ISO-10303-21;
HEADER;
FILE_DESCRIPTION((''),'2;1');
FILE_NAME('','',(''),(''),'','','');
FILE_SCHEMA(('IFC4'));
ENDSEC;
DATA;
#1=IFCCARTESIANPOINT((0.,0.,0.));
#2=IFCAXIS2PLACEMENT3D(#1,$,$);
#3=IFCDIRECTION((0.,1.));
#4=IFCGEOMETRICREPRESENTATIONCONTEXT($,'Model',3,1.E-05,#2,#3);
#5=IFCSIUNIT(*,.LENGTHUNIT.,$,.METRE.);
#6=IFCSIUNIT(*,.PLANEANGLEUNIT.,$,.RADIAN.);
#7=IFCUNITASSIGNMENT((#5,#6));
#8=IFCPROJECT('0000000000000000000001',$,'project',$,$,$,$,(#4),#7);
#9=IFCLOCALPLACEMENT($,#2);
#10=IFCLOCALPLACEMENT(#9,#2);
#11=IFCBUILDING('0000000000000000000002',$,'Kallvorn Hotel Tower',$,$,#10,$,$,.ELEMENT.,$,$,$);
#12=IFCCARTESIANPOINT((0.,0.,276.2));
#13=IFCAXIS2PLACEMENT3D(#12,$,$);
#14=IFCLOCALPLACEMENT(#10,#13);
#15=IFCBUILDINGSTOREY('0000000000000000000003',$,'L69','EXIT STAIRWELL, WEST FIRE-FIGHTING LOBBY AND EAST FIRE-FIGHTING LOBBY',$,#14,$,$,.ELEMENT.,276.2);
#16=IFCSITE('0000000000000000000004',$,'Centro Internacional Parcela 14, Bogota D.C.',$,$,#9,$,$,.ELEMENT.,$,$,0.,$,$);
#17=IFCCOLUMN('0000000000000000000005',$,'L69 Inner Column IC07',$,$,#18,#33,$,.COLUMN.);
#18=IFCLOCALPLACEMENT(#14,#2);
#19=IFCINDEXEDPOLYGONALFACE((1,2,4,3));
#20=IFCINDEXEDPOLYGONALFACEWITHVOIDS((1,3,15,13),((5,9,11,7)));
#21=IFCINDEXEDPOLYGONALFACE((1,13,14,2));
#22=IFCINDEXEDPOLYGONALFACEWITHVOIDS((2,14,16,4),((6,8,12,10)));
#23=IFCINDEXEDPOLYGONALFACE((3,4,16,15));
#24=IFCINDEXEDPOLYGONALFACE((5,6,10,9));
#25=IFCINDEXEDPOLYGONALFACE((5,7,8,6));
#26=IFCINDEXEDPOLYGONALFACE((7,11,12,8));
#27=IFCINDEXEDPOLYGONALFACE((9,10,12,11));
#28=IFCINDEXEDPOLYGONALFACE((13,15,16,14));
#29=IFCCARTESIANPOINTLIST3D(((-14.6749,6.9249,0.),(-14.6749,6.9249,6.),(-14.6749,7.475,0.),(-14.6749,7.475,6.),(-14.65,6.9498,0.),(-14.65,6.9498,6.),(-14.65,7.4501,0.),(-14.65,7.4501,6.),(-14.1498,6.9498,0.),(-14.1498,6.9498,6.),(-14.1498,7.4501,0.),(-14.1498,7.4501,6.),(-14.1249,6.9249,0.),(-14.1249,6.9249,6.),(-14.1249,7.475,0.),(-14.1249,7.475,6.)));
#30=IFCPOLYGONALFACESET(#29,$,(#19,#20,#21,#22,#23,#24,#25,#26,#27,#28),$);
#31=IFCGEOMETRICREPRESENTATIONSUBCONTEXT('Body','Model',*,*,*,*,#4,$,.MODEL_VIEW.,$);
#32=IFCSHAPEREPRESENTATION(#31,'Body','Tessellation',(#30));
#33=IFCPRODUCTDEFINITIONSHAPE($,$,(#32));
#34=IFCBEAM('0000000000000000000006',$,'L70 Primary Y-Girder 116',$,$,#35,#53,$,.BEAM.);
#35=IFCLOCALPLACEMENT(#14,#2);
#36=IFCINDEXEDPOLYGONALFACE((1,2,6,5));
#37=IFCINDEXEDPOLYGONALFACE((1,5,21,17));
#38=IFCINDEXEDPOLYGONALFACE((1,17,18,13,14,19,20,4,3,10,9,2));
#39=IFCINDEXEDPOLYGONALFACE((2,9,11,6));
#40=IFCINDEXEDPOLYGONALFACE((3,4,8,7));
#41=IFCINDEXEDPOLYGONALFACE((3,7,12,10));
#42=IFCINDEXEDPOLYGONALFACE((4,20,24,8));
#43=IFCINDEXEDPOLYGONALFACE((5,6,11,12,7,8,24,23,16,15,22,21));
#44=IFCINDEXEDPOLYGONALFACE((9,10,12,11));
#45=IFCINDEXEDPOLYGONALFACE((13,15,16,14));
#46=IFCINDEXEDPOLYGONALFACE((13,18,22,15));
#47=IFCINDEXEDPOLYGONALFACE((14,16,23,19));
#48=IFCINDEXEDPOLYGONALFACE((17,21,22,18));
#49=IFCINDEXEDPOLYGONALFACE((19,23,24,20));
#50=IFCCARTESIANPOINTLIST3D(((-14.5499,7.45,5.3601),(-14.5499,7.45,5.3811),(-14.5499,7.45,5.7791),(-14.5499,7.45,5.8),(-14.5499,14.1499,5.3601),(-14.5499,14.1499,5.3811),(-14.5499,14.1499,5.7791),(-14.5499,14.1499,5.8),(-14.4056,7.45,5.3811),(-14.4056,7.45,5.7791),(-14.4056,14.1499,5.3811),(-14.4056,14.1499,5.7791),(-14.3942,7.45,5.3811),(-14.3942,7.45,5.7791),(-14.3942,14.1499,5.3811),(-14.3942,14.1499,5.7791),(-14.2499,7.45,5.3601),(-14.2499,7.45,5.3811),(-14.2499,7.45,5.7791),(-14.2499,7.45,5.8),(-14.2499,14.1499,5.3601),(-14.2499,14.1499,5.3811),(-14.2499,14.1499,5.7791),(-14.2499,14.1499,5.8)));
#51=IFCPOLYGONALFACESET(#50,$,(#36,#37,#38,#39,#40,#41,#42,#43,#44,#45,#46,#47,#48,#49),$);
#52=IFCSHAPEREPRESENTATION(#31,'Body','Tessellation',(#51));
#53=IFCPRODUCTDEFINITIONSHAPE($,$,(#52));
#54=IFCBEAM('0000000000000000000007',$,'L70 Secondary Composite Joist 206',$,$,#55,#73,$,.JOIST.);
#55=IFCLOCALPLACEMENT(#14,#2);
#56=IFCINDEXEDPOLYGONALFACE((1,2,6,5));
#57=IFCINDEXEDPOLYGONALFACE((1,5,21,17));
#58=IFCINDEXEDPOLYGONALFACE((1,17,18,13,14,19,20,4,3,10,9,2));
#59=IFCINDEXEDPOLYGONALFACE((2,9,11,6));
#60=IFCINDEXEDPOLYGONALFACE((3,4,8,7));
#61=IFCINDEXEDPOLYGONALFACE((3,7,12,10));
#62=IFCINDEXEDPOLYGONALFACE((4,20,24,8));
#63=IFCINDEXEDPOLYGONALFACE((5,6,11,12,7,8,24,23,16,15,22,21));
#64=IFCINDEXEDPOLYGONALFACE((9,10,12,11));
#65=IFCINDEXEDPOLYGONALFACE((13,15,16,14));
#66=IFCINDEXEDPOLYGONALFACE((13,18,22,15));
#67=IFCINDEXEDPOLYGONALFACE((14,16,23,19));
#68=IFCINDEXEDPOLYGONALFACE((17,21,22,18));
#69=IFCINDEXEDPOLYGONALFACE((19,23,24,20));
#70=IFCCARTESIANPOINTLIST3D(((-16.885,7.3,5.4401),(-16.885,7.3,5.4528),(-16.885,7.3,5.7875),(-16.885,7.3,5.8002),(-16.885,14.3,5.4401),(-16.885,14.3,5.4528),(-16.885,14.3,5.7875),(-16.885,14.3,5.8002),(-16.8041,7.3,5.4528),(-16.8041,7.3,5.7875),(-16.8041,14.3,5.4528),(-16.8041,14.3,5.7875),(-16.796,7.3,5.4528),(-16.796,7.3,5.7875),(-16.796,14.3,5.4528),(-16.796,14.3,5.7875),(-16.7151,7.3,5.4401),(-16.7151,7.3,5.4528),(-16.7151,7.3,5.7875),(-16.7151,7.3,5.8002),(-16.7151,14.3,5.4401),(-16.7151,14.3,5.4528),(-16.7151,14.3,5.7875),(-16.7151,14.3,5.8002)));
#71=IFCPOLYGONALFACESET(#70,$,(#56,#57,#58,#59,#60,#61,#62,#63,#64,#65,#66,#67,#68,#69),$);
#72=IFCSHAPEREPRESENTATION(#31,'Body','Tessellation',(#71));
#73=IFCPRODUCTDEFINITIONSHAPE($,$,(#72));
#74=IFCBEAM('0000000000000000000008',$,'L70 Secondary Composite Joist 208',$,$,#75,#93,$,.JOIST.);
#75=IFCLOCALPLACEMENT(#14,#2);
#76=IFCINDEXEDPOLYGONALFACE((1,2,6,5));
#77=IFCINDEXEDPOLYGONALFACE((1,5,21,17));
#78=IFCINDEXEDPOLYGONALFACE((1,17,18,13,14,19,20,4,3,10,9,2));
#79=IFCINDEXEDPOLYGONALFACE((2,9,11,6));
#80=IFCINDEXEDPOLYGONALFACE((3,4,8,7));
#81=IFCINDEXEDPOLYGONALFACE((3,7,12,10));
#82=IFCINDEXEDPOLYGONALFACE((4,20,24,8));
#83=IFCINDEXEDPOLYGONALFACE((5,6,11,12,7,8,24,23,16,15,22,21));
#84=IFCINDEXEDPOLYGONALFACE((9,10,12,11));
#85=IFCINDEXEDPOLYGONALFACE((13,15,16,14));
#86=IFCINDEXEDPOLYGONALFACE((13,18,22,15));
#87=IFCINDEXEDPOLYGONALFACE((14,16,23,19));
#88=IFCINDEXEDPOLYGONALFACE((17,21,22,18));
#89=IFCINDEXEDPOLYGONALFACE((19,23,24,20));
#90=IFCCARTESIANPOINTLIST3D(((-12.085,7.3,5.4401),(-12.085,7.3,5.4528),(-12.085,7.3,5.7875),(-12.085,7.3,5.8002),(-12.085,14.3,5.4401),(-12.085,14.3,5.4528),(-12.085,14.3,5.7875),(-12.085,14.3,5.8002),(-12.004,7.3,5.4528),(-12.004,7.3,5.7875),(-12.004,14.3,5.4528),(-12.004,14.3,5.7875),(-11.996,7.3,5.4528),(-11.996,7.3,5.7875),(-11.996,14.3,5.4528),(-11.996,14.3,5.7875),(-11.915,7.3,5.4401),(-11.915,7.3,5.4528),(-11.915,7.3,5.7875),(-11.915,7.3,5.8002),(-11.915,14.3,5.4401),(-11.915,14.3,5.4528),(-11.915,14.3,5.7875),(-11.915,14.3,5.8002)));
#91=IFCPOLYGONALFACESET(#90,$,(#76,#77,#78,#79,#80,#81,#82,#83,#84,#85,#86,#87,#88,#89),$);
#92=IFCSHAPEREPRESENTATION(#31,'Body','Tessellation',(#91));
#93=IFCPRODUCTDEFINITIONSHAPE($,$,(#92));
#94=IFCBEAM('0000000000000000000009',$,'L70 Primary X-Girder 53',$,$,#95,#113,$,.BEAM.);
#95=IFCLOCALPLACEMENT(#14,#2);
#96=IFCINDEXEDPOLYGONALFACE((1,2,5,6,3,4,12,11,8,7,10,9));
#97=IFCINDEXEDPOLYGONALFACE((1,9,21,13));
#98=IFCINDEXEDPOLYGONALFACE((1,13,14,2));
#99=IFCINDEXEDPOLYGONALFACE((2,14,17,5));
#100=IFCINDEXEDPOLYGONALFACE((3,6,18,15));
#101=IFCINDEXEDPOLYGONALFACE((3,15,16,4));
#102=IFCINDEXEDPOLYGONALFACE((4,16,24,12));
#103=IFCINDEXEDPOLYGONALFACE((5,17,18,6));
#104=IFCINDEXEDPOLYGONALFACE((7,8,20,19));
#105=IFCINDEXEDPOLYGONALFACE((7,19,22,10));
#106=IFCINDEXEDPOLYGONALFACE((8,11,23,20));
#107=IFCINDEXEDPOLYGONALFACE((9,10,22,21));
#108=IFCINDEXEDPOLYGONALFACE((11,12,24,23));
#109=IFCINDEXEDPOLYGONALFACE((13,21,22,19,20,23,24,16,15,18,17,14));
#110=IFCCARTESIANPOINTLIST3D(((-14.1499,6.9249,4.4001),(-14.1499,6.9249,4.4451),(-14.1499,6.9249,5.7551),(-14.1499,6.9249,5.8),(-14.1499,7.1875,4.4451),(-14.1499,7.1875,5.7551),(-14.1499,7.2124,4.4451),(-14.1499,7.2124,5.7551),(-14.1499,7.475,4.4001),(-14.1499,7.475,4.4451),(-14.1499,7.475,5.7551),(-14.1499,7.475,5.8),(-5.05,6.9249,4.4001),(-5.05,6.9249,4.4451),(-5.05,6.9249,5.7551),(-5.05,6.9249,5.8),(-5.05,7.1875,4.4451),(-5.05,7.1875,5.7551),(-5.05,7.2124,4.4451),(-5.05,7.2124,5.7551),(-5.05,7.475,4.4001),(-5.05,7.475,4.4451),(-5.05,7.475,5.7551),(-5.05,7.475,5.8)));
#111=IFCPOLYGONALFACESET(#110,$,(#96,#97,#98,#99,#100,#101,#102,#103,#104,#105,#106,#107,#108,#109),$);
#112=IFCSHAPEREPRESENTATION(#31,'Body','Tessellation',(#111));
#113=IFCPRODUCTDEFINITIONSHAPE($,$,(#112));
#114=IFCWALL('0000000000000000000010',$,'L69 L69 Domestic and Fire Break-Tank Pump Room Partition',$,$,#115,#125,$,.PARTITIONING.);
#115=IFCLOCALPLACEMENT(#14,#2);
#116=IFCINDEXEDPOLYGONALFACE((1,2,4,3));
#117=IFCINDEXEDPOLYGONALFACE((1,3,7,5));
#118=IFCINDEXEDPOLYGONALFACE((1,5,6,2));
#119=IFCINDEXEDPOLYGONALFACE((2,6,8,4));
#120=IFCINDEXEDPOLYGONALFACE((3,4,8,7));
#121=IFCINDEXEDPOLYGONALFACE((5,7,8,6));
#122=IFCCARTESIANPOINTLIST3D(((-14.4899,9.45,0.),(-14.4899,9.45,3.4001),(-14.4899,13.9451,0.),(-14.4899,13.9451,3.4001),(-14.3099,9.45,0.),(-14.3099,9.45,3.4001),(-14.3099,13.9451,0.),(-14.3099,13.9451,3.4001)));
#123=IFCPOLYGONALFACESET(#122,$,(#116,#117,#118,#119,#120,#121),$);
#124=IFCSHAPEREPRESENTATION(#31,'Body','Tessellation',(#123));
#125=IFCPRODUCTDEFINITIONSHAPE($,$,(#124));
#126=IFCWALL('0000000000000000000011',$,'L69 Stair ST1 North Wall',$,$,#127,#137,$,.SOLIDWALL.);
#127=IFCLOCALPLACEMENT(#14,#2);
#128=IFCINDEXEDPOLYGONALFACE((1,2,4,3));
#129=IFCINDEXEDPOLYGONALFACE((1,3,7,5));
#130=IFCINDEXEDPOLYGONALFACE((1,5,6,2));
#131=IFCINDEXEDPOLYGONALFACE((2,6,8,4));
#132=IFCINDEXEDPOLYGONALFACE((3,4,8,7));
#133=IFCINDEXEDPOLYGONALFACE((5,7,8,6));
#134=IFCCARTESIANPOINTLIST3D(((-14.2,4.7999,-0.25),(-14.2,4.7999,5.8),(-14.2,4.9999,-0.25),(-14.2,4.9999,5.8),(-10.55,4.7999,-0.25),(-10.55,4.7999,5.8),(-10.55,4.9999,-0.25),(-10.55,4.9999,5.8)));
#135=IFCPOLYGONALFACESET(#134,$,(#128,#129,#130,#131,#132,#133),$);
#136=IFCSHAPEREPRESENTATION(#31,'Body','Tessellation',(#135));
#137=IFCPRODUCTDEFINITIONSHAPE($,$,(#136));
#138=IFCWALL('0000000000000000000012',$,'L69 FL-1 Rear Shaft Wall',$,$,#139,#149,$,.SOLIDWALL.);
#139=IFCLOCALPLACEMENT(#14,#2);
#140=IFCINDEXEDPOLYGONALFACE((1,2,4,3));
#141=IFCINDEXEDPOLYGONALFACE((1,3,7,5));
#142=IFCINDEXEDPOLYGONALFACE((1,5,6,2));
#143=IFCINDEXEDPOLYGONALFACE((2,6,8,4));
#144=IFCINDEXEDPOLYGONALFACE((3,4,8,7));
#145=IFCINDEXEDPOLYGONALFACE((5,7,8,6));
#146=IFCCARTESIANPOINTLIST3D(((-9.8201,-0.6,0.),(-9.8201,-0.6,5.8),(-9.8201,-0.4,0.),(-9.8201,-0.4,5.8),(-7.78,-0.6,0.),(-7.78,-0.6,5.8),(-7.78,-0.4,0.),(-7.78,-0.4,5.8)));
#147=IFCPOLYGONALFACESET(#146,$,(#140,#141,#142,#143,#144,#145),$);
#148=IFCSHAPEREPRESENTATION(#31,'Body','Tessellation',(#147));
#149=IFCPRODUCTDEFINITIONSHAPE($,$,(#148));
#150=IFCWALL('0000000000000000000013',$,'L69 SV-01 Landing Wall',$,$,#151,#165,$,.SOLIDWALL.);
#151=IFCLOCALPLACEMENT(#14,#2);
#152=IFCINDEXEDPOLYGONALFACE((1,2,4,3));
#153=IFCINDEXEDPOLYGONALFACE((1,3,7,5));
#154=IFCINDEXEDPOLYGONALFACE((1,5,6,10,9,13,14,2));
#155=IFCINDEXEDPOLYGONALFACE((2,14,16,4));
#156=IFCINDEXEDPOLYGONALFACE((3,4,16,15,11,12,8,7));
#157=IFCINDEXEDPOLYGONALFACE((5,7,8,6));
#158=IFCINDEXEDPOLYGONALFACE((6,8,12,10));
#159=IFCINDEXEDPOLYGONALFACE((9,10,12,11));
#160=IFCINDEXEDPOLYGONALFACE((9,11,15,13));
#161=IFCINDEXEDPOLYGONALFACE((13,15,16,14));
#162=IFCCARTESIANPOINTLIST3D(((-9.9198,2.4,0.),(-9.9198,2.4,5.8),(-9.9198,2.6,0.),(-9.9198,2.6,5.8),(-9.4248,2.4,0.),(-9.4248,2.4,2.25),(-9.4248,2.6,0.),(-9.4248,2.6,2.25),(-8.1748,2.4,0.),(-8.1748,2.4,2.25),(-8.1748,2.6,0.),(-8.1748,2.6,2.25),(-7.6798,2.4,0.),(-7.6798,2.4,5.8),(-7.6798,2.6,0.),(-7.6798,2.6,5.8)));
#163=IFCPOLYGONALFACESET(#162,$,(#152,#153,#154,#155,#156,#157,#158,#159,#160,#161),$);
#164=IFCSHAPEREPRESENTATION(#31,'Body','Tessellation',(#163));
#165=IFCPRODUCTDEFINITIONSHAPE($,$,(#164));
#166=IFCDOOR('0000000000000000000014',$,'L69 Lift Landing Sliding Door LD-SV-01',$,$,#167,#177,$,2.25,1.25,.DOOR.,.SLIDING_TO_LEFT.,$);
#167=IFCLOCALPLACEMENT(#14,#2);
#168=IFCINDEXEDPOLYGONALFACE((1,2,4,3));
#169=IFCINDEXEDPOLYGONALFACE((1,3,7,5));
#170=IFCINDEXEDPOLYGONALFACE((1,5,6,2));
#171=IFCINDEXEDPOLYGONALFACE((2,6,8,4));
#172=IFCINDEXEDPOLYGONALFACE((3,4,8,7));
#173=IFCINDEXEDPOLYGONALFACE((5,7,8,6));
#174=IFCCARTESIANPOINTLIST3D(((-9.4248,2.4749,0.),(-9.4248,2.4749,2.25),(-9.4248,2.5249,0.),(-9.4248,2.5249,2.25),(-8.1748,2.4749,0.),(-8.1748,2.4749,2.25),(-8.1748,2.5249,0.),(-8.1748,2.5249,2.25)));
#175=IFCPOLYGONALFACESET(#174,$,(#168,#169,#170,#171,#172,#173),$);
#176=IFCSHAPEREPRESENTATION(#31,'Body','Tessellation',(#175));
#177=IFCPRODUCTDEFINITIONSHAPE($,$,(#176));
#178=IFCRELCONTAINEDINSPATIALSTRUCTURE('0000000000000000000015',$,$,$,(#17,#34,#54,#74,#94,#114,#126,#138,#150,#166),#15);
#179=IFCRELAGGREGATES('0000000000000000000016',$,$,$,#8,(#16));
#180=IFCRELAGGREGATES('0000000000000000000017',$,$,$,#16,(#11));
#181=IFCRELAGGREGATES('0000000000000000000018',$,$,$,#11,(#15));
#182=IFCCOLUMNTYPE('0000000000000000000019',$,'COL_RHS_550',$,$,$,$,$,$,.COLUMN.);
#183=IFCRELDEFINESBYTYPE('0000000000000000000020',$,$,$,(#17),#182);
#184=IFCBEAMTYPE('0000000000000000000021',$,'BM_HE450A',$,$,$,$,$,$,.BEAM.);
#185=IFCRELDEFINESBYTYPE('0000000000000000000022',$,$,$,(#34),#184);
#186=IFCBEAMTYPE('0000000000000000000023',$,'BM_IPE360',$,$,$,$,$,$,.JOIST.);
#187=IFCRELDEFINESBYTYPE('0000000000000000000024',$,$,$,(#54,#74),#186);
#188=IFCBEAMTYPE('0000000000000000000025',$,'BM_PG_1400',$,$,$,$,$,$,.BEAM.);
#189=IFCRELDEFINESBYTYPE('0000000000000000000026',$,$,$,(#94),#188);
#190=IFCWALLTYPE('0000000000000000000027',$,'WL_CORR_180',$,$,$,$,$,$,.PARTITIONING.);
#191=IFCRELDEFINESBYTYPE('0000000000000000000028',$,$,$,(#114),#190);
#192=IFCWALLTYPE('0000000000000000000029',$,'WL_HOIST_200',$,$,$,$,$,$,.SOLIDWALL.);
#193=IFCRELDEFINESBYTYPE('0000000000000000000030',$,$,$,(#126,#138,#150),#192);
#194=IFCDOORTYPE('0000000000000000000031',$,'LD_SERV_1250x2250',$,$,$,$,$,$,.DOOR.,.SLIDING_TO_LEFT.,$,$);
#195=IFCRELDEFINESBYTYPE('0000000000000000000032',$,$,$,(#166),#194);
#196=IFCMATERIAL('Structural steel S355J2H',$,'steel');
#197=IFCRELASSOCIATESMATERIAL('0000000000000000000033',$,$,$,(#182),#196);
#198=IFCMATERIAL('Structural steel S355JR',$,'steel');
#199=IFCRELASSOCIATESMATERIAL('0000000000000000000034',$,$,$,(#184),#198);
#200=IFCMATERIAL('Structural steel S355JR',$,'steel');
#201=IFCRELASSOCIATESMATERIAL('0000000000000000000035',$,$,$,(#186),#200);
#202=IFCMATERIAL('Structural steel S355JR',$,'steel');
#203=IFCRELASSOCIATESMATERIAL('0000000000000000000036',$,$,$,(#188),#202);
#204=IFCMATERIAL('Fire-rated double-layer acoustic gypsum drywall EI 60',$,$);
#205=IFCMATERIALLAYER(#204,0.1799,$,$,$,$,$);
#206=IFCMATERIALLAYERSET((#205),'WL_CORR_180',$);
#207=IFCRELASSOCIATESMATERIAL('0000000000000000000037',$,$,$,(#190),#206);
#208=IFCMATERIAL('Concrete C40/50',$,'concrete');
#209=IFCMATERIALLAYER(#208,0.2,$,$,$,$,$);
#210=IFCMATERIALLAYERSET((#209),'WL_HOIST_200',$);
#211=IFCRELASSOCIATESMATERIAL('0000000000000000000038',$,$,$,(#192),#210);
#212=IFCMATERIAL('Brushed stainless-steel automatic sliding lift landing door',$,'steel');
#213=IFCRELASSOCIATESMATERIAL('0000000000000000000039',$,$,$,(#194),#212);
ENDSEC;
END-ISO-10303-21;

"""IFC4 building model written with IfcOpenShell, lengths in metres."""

from ifc_helpers import new_model, si_unit, direction, frame, frame_2d, origin, origin_2d, place, context, subcontext, project, spatial, rectangle, hollow_rectangle, i_section, extrude, material, layer, layer_set, material_profile, profile_set, type_object, element, fill, save


model = new_model("IFC4")

# Units and contexts
model_context = context("Model", 3, precision=1e-05, world=origin(), true_north=direction((0.0, 1.0)))
body_context = subcontext(model_context, "Body", "Model", "MODEL_VIEW")
ifc_project = project(units=[si_unit("LENGTHUNIT", "METRE"), si_unit("PLANEANGLEUNIT", "RADIAN")], contexts=[model_context])

# Site, building, storey
site_placement = place(None, origin())
site = spatial("IfcSite", under=ifc_project, at=site_placement, Name="Centro Internacional Parcela 14, Bogota D.C.", CompositionType="ELEMENT", RefElevation=0.0)
building_placement = place(site_placement, origin())
building = spatial("IfcBuilding", under=site, at=building_placement, Name="Kallvorn Hotel Tower", CompositionType="ELEMENT")
storey_placement = place(building_placement, frame((0.0, 0.0, 276.2)))
storey = spatial("IfcBuildingStorey", under=building, at=storey_placement, Name="L69", Description="EXIT STAIRWELL, WEST FIRE-FIGHTING LOBBY AND EAST FIRE-FIGHTING LOBBY", CompositionType="ELEMENT", Elevation=276.2)

# Column
ifc_material_1 = material(Name="Structural steel S355J2H", Category="steel")
ifc_material_profile_1 = material_profile(ifc_material_1, hollow_rectangle(XDim=0.55, YDim=0.55, WallThickness=0.0249, at=origin_2d()), Name="RHS 550x550x25")
ifc_profile_set_1 = profile_set([ifc_material_profile_1], Name="Structural steel S355J2H")
column_type = type_object("IfcColumnType", Name="COL_RHS_550", PredefinedType="COLUMN", material=ifc_profile_set_1)
column_placement = place(storey_placement, frame((-14.3999, 7.2, 0.0), z_axis=(0.0, 0.0, 1.0), x_axis=(1.0, 0.0, 0.0)))
element("IfcColumn", 1, at=column_placement, inside=storey, type_object=column_type, Name="L69 Inner Column IC07", PredefinedType="COLUMN", context=body_context, shape_type="SweptSolid", body=[
    extrude(hollow_rectangle(XDim=0.55, YDim=0.55, WallThickness=0.0249, at=origin_2d()), origin(), (0.0, 0.0, 1.0), 6.0),
])

# Beams
ifc_material_2 = material(Name="Structural steel S355JR", Category="steel")
ifc_material_profile_2 = material_profile(ifc_material_2, i_section(OverallWidth=0.3, OverallDepth=0.4399, WebThickness=0.0115, FlangeThickness=0.021, at=origin_2d()), Name="HE 450 A")
ifc_profile_set_2 = profile_set([ifc_material_profile_2], Name="Structural steel S355JR")
beam_type_1 = type_object("IfcBeamType", Name="BM_HE450A", PredefinedType="BEAM", material=ifc_profile_set_2)
beam_1_placement = place(storey_placement, frame((-14.3999, 7.45, 5.5801), z_axis=(0.0, 1.0, 0.0), x_axis=(-1.0, 0.0, 0.0)))
element("IfcBeam", 2, at=beam_1_placement, inside=storey, type_object=beam_type_1, Name="L70 Primary Y-Girder 116", PredefinedType="BEAM", context=body_context, shape_type="SweptSolid", body=[
    extrude(i_section(OverallWidth=0.3, OverallDepth=0.4399, WebThickness=0.0115, FlangeThickness=0.021, at=origin_2d()), origin(), (0.0, 0.0, 1.0), 6.7),
])
ifc_material_3 = material(Name="Structural steel S355JR", Category="steel")
ifc_material_profile_3 = material_profile(ifc_material_3, i_section(OverallWidth=0.1699, OverallDepth=0.3601, WebThickness=0.0081, FlangeThickness=0.0127, at=origin_2d()), Name="IPE 360")
ifc_profile_set_3 = profile_set([ifc_material_profile_3], Name="Structural steel S355JR")
beam_type_2 = type_object("IfcBeamType", Name="BM_IPE360", PredefinedType="JOIST", material=ifc_profile_set_3)
for number, where, z_axis, x_axis, name in (
    (3, (-16.8, 7.3, 5.6201), (0.0, 1.0, 0.0), (-1.0, 0.0, 0.0), "L70 Secondary Composite Joist 206"),
    (4, (-12.0, 7.3, 5.6201), (0.0, 1.0, 0.0), (-1.0, 0.0, 0.0), "L70 Secondary Composite Joist 208"),
):
    element("IfcBeam", number, at=place(storey_placement, frame(where, z_axis=z_axis, x_axis=x_axis)), inside=storey, type_object=beam_type_2, Name=name, PredefinedType="JOIST", context=body_context, shape_type="SweptSolid", body=[
        extrude(i_section(OverallWidth=0.1699, OverallDepth=0.3601, WebThickness=0.0081, FlangeThickness=0.0127, at=origin_2d()), origin(), (0.0, 0.0, 1.0), 7.0),
    ])
ifc_material_4 = material(Name="Structural steel S355JR", Category="steel")
ifc_material_profile_4 = material_profile(ifc_material_4, i_section(OverallWidth=0.55, OverallDepth=1.3999, WebThickness=0.0249, FlangeThickness=0.0449, at=origin_2d()), Name="PG 1400x550x25x45")
ifc_profile_set_4 = profile_set([ifc_material_profile_4], Name="Structural steel S355JR")
beam_type_3 = type_object("IfcBeamType", Name="BM_PG_1400", PredefinedType="BEAM", material=ifc_profile_set_4)
beam_2_placement = place(storey_placement, frame((-14.1499, 7.2, 5.1001), z_axis=(1.0, 0.0, 0.0), x_axis=(0.0, 1.0, 0.0)))
element("IfcBeam", 5, at=beam_2_placement, inside=storey, type_object=beam_type_3, Name="L70 Primary X-Girder 53", PredefinedType="BEAM", context=body_context, shape_type="SweptSolid", body=[
    extrude(i_section(OverallWidth=0.55, OverallDepth=1.3999, WebThickness=0.0249, FlangeThickness=0.0449, at=origin_2d()), origin(), (0.0, 0.0, 1.0), 9.0999),
])

# Walls
ifc_material_5 = material(Name="Fire-rated double-layer acoustic gypsum drywall EI 60")
ifc_layer_1 = layer(ifc_material_5, 0.1799)
ifc_layer_set_1 = layer_set([ifc_layer_1], Name="WL_CORR_180")
wall_type_1 = type_object("IfcWallType", Name="WL_CORR_180", PredefinedType="PARTITIONING", material=ifc_layer_set_1)
wall_1_placement = place(storey_placement, frame((-14.3999, 9.45, 0.0), z_axis=(0.0, 0.0, 1.0), x_axis=(0.0, 1.0, 0.0)))
element("IfcWall", 6, at=wall_1_placement, inside=storey, type_object=wall_type_1, Name="L69 L69 Domestic and Fire Break-Tank Pump Room Partition", PredefinedType="PARTITIONING", context=body_context, shape_type="SweptSolid", body=[
    extrude(rectangle(XDim=4.4951, YDim=0.1799, at=frame_2d((2.2476, 0.0))), origin(), (0.0, 0.0, 1.0), 3.4001),
])
ifc_material_6 = material(Name="Concrete C40/50", Category="concrete")
ifc_layer_2 = layer(ifc_material_6, 0.2)
ifc_layer_set_2 = layer_set([ifc_layer_2], Name="WL_HOIST_200")
wall_type_2 = type_object("IfcWallType", Name="WL_HOIST_200", PredefinedType="SOLIDWALL", material=ifc_layer_set_2)
wall_2_placement = place(storey_placement, frame((-14.2, 4.8999, -0.25), z_axis=(0.0, 0.0, 1.0), x_axis=(1.0, 0.0, 0.0)))
element("IfcWall", 7, at=wall_2_placement, inside=storey, type_object=wall_type_2, Name="L69 Stair ST1 North Wall", PredefinedType="SOLIDWALL", context=body_context, shape_type="SweptSolid", body=[
    extrude(rectangle(XDim=3.6499, YDim=0.2, at=frame_2d((1.825, 0.0))), origin(), (0.0, 0.0, 1.0), 6.05),
])
wall_3_placement = place(storey_placement, frame((-9.8201, -0.5, 0.0), z_axis=(0.0, 0.0, 1.0), x_axis=(1.0, 0.0, 0.0)))
element("IfcWall", 8, at=wall_3_placement, inside=storey, type_object=wall_type_2, Name="L69 FL-1 Rear Shaft Wall", PredefinedType="SOLIDWALL", context=body_context, shape_type="SweptSolid", body=[
    extrude(rectangle(XDim=2.04, YDim=0.2, at=frame_2d((1.02, 0.0))), origin(), (0.0, 0.0, 1.0), 5.8),
])

# Wall, opening, door
wall_4_placement = place(storey_placement, frame((-9.9199, 2.5, 0.0), z_axis=(0.0, 0.0, 1.0), x_axis=(1.0, 0.0, 0.0)))
wall_4 = element("IfcWall", 9, at=wall_4_placement, inside=storey, type_object=wall_type_2, Name="L69 SV-01 Landing Wall", PredefinedType="SOLIDWALL", context=body_context, shape_type="SweptSolid", body=[
    extrude(rectangle(XDim=2.24, YDim=0.2, at=frame_2d((1.1201, 0.0))), origin(), (0.0, 0.0, 1.0), 5.8),
])
opening_1_placement = place(wall_4_placement, frame((0.4951, 0.0, 0.0)))
opening_1 = element("IfcOpeningElement", 10, at=opening_1_placement, cuts=wall_4, PredefinedType="OPENING", context=body_context, shape_type="SweptSolid", body=[
    extrude(rectangle(XDim=1.25, YDim=2.25, at=frame_2d((0.625, 1.125))), frame((0.0, 0.115, 0.0), z_axis=(0.0, -1.0, 0.0), x_axis=(1.0, 0.0, 0.0)), (0.0, 0.0, 1.0), 0.23),
])
ifc_material_7 = material(Name="Brushed stainless-steel automatic sliding lift landing door", Category="steel")
door_type_1 = type_object("IfcDoorType", Name="LD_SERV_1250x2250", OperationType="SLIDING_TO_LEFT", PredefinedType="DOOR", material=ifc_material_7)
door_1_placement = place(opening_1_placement, origin())
door_1 = element("IfcDoor", 11, at=door_1_placement, inside=storey, type_object=door_type_1, Name="L69 Lift Landing Sliding Door LD-SV-01", OperationType="SLIDING_TO_LEFT", OverallHeight=2.25, OverallWidth=1.25, PredefinedType="DOOR", context=body_context, shape_type="SweptSolid", body=[
    extrude(rectangle(XDim=1.25, YDim=2.25, at=frame_2d((0.625, 1.125))), frame((0.0, 0.0249, 0.0), z_axis=(0.0, -1.0, 0.0), x_axis=(1.0, 0.0, 0.0)), (0.0, 0.0, 1.0), 0.05),
])
fill(opening_1, door_1)

save(model, "model.ifc")
